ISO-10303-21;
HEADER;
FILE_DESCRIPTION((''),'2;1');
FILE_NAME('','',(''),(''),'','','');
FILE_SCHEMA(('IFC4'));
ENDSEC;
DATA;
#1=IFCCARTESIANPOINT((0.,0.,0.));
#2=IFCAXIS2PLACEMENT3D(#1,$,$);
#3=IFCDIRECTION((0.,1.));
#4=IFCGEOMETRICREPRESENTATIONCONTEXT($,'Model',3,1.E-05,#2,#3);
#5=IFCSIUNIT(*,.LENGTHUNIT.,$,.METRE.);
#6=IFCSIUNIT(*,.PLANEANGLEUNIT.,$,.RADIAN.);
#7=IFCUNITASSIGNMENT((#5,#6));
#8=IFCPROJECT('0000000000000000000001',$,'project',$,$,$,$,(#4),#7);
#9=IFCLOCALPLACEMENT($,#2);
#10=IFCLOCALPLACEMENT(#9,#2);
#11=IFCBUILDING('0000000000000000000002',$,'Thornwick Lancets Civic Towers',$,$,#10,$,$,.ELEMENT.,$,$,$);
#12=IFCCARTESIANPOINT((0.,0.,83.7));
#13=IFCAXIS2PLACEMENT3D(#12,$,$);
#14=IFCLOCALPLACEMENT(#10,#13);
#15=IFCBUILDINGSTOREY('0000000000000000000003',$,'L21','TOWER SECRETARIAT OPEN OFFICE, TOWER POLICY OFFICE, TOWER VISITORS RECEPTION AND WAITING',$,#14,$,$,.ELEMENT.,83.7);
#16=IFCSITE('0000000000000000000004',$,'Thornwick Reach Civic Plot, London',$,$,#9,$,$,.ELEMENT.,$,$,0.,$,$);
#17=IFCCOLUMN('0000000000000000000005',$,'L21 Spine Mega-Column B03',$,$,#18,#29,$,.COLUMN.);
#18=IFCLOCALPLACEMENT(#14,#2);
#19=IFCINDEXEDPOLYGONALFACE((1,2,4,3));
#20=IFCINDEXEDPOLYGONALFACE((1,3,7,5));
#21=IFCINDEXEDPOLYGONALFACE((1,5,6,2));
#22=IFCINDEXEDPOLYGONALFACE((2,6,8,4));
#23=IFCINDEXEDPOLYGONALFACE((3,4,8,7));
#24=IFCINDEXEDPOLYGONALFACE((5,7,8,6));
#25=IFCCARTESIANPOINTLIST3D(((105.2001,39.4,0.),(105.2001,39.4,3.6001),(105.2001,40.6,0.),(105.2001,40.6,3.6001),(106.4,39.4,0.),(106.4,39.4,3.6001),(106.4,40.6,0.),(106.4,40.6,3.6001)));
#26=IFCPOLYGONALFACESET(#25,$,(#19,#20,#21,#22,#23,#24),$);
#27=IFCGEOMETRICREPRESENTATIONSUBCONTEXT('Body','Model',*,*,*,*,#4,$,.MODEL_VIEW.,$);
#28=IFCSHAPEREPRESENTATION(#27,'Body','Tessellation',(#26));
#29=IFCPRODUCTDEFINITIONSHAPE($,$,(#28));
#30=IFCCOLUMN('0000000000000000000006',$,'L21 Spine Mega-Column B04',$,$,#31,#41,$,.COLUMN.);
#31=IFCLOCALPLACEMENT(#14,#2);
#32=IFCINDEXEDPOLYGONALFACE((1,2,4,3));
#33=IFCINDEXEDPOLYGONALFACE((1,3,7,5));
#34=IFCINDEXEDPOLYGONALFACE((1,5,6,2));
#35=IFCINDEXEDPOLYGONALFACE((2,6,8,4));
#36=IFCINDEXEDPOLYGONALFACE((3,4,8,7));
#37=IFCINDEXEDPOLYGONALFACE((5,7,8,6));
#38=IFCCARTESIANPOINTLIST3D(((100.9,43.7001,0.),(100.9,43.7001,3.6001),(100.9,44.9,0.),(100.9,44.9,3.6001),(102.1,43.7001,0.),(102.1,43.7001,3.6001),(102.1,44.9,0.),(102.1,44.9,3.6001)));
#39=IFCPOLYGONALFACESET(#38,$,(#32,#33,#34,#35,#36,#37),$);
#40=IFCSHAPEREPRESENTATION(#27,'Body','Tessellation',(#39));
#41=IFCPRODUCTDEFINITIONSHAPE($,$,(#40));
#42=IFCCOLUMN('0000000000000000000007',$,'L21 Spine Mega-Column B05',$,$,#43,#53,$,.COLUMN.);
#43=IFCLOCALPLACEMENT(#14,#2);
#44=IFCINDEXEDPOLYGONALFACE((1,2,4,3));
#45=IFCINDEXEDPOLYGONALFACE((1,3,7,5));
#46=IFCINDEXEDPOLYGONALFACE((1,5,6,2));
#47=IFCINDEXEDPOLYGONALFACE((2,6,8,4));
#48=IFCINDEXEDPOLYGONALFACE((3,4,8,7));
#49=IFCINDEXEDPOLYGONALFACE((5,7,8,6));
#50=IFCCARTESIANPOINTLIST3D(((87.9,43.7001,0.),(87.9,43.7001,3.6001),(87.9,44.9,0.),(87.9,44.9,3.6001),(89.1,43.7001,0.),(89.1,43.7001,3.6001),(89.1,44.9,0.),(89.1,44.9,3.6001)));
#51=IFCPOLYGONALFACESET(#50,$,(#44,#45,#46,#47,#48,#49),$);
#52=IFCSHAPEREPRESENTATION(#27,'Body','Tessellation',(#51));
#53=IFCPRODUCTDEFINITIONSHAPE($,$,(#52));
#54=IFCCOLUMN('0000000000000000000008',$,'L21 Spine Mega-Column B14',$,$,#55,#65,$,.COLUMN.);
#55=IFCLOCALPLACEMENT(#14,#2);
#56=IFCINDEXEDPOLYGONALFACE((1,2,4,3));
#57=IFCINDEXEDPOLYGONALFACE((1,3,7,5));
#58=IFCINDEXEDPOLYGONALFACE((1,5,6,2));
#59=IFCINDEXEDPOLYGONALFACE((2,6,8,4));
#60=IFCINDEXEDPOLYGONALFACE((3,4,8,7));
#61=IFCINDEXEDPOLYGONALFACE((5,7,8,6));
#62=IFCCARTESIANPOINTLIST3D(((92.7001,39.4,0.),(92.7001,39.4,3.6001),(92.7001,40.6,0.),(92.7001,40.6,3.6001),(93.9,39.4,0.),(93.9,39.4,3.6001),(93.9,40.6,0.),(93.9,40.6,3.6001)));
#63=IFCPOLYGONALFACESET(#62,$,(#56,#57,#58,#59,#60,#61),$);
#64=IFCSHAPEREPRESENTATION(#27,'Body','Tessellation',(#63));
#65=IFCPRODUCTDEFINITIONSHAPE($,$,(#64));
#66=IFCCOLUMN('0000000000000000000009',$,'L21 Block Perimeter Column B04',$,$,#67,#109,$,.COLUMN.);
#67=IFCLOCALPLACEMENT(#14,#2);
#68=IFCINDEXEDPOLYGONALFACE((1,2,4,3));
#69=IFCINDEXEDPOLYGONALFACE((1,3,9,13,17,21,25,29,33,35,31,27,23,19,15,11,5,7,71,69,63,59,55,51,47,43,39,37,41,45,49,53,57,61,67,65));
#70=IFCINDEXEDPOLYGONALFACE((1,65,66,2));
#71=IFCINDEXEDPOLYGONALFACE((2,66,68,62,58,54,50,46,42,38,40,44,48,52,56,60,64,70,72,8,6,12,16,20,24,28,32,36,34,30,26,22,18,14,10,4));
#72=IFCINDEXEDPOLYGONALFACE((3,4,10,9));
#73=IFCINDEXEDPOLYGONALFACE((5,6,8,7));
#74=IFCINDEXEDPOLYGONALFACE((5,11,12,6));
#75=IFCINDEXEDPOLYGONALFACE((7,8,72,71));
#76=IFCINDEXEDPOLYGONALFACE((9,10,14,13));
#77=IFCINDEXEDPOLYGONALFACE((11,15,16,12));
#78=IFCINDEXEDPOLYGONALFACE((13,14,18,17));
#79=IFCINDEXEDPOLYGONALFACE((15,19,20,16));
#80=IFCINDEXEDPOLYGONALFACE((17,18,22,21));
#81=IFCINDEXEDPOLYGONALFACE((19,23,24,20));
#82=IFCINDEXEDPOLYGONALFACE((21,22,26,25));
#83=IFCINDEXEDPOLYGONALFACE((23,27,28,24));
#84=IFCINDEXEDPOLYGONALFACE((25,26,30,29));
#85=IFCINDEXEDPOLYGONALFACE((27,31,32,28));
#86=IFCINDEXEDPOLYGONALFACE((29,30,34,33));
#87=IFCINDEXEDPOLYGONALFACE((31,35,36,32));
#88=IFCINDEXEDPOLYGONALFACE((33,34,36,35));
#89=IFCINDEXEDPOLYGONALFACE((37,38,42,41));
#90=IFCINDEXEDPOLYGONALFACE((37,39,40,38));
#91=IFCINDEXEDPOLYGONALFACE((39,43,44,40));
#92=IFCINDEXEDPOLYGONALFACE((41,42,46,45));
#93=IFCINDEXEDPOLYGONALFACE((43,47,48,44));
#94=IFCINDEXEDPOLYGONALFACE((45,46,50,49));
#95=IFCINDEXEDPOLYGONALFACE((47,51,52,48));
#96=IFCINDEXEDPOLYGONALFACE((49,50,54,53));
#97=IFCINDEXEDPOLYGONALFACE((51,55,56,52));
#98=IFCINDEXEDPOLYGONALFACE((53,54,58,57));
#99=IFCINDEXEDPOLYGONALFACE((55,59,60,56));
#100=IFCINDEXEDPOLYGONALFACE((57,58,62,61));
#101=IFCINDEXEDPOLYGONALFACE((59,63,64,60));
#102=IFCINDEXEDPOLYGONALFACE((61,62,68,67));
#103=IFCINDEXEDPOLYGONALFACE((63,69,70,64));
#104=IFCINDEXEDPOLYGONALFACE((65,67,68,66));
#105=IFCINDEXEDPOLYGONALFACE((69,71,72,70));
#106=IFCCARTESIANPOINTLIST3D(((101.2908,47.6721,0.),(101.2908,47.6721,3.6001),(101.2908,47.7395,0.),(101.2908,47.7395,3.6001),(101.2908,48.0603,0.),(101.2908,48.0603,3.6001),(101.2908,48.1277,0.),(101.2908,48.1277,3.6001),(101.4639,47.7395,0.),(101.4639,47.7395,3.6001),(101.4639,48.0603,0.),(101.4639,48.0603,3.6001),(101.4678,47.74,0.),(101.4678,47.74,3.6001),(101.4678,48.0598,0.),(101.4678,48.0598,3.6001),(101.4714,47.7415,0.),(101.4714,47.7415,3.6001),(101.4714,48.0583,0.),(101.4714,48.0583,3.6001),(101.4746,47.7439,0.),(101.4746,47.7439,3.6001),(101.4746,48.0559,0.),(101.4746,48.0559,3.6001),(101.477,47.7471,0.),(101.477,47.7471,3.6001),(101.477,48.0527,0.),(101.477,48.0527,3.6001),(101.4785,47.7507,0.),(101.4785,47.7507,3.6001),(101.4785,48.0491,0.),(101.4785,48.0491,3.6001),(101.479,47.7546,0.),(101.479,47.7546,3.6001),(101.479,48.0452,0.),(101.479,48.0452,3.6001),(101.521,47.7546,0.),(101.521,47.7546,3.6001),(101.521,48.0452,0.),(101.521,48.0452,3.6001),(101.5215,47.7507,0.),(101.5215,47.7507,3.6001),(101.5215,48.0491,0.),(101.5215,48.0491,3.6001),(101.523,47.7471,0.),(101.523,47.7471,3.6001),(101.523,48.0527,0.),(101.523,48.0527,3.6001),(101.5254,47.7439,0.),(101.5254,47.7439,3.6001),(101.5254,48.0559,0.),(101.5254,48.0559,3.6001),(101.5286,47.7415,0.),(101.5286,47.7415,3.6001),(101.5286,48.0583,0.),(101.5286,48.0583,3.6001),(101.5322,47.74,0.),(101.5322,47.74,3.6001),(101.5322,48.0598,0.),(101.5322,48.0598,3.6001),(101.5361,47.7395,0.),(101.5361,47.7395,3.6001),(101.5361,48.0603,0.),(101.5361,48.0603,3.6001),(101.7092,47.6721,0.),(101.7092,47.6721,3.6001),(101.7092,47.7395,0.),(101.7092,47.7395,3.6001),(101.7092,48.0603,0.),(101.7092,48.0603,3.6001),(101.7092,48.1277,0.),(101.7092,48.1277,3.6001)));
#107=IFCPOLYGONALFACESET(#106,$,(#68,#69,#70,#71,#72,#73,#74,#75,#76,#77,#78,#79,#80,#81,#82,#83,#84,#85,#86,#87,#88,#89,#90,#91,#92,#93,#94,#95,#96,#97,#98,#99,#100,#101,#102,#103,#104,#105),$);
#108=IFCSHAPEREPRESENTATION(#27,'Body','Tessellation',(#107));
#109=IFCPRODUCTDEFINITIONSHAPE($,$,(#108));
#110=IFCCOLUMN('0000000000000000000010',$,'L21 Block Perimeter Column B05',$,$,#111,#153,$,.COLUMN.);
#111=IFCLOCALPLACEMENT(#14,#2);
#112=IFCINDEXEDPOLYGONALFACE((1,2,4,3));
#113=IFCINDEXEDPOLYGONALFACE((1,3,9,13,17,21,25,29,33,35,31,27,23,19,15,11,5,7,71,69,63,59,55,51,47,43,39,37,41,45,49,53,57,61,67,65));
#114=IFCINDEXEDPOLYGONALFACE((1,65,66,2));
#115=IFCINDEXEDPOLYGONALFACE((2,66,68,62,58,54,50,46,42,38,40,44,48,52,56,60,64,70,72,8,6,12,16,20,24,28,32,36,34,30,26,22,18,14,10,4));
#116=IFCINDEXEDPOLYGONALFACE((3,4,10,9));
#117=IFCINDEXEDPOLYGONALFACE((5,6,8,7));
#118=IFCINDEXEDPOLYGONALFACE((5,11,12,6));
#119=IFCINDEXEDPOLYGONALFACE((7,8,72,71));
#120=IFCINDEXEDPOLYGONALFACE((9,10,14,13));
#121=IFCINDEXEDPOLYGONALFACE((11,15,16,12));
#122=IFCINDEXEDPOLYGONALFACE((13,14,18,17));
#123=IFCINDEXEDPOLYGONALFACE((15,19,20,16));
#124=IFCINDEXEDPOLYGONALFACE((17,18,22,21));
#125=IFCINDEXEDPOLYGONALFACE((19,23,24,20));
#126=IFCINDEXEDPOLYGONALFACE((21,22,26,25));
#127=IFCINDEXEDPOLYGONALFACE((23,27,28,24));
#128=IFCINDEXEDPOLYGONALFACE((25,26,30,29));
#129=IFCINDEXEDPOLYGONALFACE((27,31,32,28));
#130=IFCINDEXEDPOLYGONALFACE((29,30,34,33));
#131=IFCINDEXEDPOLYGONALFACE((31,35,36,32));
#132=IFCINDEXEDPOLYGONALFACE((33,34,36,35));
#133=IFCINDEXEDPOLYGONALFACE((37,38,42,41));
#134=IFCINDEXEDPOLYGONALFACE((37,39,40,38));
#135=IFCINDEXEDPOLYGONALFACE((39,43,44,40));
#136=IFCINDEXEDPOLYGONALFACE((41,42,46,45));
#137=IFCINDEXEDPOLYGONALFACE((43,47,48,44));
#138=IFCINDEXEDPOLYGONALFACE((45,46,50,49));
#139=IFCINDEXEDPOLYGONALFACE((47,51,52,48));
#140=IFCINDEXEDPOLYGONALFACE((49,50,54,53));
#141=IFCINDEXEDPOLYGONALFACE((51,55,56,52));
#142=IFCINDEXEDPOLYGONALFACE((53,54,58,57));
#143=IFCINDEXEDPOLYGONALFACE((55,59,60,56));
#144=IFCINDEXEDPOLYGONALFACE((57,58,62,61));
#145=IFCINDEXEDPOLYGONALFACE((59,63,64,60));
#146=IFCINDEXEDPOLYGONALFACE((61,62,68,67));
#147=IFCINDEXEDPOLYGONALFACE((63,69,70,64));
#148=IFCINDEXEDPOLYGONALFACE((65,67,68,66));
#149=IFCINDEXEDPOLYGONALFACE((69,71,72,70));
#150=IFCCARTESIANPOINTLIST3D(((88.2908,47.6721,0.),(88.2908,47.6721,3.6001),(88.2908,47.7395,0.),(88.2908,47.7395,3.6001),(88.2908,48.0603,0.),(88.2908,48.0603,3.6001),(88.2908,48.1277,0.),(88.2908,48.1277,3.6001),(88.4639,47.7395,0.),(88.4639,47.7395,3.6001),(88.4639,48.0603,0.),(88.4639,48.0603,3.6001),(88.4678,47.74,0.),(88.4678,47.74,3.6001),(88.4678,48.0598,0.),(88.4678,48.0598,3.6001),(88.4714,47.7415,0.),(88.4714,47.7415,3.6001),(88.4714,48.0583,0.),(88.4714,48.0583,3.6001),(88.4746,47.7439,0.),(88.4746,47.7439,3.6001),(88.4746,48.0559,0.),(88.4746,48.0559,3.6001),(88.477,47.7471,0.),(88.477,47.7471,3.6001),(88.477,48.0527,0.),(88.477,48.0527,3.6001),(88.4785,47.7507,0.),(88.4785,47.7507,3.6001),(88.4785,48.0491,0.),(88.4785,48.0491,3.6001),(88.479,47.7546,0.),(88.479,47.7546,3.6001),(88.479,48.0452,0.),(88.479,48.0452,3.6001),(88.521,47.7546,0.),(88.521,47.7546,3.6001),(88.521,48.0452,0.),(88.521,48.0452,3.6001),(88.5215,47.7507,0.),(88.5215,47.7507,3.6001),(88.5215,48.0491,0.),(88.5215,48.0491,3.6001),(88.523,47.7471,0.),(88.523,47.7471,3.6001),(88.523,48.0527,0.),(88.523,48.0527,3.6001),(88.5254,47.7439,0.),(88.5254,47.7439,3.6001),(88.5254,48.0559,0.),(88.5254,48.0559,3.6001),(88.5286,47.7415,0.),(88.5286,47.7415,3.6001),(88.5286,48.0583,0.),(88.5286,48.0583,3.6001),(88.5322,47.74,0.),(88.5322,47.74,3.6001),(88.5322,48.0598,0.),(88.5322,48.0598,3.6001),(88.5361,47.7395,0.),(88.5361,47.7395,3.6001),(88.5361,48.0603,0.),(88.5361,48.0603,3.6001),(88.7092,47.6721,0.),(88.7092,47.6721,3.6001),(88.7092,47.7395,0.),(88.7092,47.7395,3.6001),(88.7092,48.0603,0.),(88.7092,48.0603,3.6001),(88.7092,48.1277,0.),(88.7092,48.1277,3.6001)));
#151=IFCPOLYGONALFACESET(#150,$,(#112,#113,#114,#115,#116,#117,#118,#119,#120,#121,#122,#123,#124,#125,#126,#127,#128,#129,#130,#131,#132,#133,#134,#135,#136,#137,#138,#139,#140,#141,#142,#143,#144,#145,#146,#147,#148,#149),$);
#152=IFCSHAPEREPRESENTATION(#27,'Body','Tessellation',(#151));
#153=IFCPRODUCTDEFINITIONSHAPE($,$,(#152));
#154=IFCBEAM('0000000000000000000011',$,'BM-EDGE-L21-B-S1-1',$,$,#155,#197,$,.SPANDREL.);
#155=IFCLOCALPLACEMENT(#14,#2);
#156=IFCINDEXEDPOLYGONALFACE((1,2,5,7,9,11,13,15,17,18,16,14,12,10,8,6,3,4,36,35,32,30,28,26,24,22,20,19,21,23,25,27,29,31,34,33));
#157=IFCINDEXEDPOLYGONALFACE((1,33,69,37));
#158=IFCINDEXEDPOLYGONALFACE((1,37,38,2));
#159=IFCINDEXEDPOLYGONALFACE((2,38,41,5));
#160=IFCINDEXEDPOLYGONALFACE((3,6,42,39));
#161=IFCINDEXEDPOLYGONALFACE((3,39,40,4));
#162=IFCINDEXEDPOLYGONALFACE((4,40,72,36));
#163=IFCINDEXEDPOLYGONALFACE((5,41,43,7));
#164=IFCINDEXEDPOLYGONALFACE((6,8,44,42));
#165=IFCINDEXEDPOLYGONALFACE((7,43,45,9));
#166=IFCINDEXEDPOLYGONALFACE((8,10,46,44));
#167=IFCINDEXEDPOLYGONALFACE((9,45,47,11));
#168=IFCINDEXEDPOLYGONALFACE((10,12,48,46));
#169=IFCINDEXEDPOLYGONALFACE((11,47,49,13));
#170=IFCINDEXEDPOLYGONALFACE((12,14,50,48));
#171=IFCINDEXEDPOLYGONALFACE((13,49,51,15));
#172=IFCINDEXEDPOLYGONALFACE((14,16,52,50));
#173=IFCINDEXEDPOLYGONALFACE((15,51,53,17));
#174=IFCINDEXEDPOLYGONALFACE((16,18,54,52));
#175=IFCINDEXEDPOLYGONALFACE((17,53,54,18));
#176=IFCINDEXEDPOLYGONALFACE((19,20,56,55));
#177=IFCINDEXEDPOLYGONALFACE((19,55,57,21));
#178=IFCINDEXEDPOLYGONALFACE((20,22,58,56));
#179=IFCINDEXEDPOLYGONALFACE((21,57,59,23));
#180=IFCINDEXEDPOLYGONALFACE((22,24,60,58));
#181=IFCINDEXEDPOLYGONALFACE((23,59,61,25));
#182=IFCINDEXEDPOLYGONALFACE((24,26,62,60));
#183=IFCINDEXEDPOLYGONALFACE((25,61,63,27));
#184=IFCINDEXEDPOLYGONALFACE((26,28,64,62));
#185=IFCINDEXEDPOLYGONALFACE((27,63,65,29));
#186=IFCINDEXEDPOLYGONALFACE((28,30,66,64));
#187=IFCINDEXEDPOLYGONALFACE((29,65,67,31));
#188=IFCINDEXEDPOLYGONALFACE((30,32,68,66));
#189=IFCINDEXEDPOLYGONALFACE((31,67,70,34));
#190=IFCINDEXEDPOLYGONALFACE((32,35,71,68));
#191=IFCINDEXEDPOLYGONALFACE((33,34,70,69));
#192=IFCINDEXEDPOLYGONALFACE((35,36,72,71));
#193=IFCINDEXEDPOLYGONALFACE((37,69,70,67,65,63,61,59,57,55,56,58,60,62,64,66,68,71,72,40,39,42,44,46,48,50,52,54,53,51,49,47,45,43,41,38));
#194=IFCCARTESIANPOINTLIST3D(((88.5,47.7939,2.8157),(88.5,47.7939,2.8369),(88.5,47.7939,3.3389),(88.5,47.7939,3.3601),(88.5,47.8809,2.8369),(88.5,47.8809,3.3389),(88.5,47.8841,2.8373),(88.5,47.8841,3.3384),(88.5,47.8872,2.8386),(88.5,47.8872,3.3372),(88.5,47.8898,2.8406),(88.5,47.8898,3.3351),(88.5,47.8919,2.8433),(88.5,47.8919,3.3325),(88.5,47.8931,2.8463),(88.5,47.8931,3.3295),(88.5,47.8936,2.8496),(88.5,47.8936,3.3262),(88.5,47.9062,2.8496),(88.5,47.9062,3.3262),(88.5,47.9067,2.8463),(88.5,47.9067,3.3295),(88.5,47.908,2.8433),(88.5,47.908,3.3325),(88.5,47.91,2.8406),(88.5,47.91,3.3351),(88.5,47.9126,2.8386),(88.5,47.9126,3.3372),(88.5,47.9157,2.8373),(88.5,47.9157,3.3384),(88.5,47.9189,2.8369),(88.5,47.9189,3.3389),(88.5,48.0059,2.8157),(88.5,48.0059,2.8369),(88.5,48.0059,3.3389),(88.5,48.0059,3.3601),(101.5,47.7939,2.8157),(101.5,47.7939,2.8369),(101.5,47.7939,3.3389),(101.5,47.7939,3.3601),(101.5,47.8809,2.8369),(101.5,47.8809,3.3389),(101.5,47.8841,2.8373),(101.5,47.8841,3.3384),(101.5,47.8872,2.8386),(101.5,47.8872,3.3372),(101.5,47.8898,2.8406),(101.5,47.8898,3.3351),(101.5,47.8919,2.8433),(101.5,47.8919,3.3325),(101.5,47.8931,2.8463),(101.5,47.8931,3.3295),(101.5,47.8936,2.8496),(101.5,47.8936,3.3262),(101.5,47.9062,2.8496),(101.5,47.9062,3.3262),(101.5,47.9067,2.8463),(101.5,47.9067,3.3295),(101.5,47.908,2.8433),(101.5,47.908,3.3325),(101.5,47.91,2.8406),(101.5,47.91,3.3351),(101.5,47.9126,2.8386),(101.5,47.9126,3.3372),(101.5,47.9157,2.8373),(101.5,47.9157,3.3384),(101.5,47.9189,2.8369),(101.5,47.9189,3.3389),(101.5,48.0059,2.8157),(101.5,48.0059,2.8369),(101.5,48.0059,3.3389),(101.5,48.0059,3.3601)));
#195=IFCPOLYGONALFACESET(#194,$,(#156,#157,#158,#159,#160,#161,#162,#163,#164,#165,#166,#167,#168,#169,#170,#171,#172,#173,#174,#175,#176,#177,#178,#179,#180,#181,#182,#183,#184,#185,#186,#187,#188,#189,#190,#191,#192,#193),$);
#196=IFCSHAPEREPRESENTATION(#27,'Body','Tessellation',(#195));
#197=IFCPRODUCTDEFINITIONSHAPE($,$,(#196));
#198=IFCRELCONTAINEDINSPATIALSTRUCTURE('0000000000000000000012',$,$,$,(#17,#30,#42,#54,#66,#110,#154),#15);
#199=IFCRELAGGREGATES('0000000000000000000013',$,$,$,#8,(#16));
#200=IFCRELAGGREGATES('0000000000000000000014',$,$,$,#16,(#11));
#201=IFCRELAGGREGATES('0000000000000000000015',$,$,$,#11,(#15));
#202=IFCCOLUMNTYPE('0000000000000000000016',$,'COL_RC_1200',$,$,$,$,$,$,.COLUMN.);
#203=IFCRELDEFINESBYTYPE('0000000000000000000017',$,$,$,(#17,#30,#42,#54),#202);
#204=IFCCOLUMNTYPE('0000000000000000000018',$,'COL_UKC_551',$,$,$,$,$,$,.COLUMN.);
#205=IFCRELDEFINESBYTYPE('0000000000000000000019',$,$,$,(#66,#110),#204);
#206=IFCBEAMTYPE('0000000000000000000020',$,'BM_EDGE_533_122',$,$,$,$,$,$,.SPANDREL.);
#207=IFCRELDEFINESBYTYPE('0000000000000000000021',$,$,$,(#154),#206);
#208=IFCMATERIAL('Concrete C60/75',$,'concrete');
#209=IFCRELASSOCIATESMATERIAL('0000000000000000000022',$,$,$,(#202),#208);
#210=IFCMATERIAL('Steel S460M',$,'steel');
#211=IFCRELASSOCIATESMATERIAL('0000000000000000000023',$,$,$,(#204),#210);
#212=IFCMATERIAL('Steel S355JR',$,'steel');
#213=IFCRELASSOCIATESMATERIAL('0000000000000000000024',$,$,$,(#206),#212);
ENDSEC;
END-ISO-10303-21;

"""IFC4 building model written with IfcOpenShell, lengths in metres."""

from ifc_helpers import new_model, si_unit, direction, frame, origin, origin_2d, place, context, subcontext, project, spatial, rectangle, i_section, extrude, material, material_profile, profile_set, type_object, element, save


model = new_model("IFC4")

# Units and contexts
model_context = context("Model", 3, precision=1e-05, world=origin(), true_north=direction((0.0, 1.0)))
body_context = subcontext(model_context, "Body", "Model", "MODEL_VIEW")
ifc_project = project(units=[si_unit("LENGTHUNIT", "METRE"), si_unit("PLANEANGLEUNIT", "RADIAN")], contexts=[model_context])

# Site, building, storey
site_placement = place(None, origin())
site = spatial("IfcSite", under=ifc_project, at=site_placement, Name="Thornwick Reach Civic Plot, London", CompositionType="ELEMENT", RefElevation=0.0)
building_placement = place(site_placement, origin())
building = spatial("IfcBuilding", under=site, at=building_placement, Name="Thornwick Lancets Civic Towers", CompositionType="ELEMENT")
storey_placement = place(building_placement, frame((0.0, 0.0, 83.7)))
storey = spatial("IfcBuildingStorey", under=building, at=storey_placement, Name="L21", Description="TOWER SECRETARIAT OPEN OFFICE, TOWER POLICY OFFICE, TOWER VISITORS RECEPTION AND WAITING", CompositionType="ELEMENT", Elevation=83.7)

# Columns
ifc_material_1 = material(Name="Concrete C60/75", Category="concrete")
ifc_material_profile_1 = material_profile(ifc_material_1, rectangle(XDim=1.2, YDim=1.2, at=origin_2d()), Name="RC 1200x1200")
ifc_profile_set_1 = profile_set([ifc_material_profile_1], Name="Concrete C60/75")
column_type_1 = type_object("IfcColumnType", Name="COL_RC_1200", PredefinedType="COLUMN", material=ifc_profile_set_1)
for number, where, z_axis, x_axis, name in (
    (1, (105.8, 40.0, 0.0), (0.0, 0.0, 1.0), (1.0, 0.0, 0.0), "L21 Spine Mega-Column B03"),
    (2, (101.5, 44.3, 0.0), (0.0, 0.0, 1.0), (1.0, 0.0, 0.0), "L21 Spine Mega-Column B04"),
    (3, (88.5, 44.3, 0.0), (0.0, 0.0, 1.0), (1.0, 0.0, 0.0), "L21 Spine Mega-Column B05"),
    (4, (93.3, 40.0, 0.0), (0.0, 0.0, 1.0), (1.0, 0.0, 0.0), "L21 Spine Mega-Column B14"),
):
    element("IfcColumn", number, at=place(storey_placement, frame(where, z_axis=z_axis, x_axis=x_axis)), inside=storey, type_object=column_type_1, Name=name, PredefinedType="COLUMN", context=body_context, shape_type="SweptSolid", body=[
        extrude(rectangle(XDim=1.2, YDim=1.2, at=origin_2d()), origin(), (0.0, 0.0, 1.0), 3.6001),
    ])
ifc_material_2 = material(Name="Steel S460M", Category="steel")
ifc_material_profile_2 = material_profile(ifc_material_2, i_section(OverallWidth=0.4185, OverallDepth=0.4556, WebThickness=0.042, FlangeThickness=0.0674, FilletRadius=0.0151, at=origin_2d()), Name="UKC 356x406x551")
ifc_profile_set_2 = profile_set([ifc_material_profile_2], Name="Steel S460M")
column_type_2 = type_object("IfcColumnType", Name="COL_UKC_551", PredefinedType="COLUMN", material=ifc_profile_set_2)
for number, where, z_axis, x_axis, name in (
    (5, (101.5, 47.8999, 0.0), (0.0, 0.0, 1.0), (1.0, 0.0, 0.0), "L21 Block Perimeter Column B04"),
    (6, (88.5, 47.8999, 0.0), (0.0, 0.0, 1.0), (1.0, 0.0, 0.0), "L21 Block Perimeter Column B05"),
):
    element("IfcColumn", number, at=place(storey_placement, frame(where, z_axis=z_axis, x_axis=x_axis)), inside=storey, type_object=column_type_2, Name=name, PredefinedType="COLUMN", context=body_context, shape_type="SweptSolid", body=[
        extrude(i_section(OverallWidth=0.4185, OverallDepth=0.4556, WebThickness=0.042, FlangeThickness=0.0674, FilletRadius=0.0151, at=origin_2d()), origin(), (0.0, 0.0, 1.0), 3.6001),
    ])

# Beam
ifc_material_3 = material(Name="Steel S355JR", Category="steel")
ifc_material_profile_3 = material_profile(ifc_material_3, i_section(OverallWidth=0.2119, OverallDepth=0.5444, WebThickness=0.0127, FlangeThickness=0.0212, FilletRadius=0.0127, at=origin_2d()), Name="UKB 533x210x122")
ifc_profile_set_3 = profile_set([ifc_material_profile_3], Name="Steel S355JR")
beam_type_1 = type_object("IfcBeamType", Name="BM_EDGE_533_122", PredefinedType="SPANDREL", material=ifc_profile_set_3)
beam_1_placement = place(storey_placement, frame((101.5, 47.8999, 3.0879), z_axis=(-1.0, 0.0, 0.0), x_axis=(0.0, -1.0, 0.0)))
element("IfcBeam", 7, at=beam_1_placement, inside=storey, type_object=beam_type_1, Name="BM-EDGE-L21-B-S1-1", PredefinedType="SPANDREL", context=body_context, shape_type="SweptSolid", body=[
    extrude(i_section(OverallWidth=0.2119, OverallDepth=0.5444, WebThickness=0.0127, FlangeThickness=0.0212, FilletRadius=0.0127, at=origin_2d()), origin(), (0.0, 0.0, 1.0), 13.0),
])

save(model, "model.ifc")
